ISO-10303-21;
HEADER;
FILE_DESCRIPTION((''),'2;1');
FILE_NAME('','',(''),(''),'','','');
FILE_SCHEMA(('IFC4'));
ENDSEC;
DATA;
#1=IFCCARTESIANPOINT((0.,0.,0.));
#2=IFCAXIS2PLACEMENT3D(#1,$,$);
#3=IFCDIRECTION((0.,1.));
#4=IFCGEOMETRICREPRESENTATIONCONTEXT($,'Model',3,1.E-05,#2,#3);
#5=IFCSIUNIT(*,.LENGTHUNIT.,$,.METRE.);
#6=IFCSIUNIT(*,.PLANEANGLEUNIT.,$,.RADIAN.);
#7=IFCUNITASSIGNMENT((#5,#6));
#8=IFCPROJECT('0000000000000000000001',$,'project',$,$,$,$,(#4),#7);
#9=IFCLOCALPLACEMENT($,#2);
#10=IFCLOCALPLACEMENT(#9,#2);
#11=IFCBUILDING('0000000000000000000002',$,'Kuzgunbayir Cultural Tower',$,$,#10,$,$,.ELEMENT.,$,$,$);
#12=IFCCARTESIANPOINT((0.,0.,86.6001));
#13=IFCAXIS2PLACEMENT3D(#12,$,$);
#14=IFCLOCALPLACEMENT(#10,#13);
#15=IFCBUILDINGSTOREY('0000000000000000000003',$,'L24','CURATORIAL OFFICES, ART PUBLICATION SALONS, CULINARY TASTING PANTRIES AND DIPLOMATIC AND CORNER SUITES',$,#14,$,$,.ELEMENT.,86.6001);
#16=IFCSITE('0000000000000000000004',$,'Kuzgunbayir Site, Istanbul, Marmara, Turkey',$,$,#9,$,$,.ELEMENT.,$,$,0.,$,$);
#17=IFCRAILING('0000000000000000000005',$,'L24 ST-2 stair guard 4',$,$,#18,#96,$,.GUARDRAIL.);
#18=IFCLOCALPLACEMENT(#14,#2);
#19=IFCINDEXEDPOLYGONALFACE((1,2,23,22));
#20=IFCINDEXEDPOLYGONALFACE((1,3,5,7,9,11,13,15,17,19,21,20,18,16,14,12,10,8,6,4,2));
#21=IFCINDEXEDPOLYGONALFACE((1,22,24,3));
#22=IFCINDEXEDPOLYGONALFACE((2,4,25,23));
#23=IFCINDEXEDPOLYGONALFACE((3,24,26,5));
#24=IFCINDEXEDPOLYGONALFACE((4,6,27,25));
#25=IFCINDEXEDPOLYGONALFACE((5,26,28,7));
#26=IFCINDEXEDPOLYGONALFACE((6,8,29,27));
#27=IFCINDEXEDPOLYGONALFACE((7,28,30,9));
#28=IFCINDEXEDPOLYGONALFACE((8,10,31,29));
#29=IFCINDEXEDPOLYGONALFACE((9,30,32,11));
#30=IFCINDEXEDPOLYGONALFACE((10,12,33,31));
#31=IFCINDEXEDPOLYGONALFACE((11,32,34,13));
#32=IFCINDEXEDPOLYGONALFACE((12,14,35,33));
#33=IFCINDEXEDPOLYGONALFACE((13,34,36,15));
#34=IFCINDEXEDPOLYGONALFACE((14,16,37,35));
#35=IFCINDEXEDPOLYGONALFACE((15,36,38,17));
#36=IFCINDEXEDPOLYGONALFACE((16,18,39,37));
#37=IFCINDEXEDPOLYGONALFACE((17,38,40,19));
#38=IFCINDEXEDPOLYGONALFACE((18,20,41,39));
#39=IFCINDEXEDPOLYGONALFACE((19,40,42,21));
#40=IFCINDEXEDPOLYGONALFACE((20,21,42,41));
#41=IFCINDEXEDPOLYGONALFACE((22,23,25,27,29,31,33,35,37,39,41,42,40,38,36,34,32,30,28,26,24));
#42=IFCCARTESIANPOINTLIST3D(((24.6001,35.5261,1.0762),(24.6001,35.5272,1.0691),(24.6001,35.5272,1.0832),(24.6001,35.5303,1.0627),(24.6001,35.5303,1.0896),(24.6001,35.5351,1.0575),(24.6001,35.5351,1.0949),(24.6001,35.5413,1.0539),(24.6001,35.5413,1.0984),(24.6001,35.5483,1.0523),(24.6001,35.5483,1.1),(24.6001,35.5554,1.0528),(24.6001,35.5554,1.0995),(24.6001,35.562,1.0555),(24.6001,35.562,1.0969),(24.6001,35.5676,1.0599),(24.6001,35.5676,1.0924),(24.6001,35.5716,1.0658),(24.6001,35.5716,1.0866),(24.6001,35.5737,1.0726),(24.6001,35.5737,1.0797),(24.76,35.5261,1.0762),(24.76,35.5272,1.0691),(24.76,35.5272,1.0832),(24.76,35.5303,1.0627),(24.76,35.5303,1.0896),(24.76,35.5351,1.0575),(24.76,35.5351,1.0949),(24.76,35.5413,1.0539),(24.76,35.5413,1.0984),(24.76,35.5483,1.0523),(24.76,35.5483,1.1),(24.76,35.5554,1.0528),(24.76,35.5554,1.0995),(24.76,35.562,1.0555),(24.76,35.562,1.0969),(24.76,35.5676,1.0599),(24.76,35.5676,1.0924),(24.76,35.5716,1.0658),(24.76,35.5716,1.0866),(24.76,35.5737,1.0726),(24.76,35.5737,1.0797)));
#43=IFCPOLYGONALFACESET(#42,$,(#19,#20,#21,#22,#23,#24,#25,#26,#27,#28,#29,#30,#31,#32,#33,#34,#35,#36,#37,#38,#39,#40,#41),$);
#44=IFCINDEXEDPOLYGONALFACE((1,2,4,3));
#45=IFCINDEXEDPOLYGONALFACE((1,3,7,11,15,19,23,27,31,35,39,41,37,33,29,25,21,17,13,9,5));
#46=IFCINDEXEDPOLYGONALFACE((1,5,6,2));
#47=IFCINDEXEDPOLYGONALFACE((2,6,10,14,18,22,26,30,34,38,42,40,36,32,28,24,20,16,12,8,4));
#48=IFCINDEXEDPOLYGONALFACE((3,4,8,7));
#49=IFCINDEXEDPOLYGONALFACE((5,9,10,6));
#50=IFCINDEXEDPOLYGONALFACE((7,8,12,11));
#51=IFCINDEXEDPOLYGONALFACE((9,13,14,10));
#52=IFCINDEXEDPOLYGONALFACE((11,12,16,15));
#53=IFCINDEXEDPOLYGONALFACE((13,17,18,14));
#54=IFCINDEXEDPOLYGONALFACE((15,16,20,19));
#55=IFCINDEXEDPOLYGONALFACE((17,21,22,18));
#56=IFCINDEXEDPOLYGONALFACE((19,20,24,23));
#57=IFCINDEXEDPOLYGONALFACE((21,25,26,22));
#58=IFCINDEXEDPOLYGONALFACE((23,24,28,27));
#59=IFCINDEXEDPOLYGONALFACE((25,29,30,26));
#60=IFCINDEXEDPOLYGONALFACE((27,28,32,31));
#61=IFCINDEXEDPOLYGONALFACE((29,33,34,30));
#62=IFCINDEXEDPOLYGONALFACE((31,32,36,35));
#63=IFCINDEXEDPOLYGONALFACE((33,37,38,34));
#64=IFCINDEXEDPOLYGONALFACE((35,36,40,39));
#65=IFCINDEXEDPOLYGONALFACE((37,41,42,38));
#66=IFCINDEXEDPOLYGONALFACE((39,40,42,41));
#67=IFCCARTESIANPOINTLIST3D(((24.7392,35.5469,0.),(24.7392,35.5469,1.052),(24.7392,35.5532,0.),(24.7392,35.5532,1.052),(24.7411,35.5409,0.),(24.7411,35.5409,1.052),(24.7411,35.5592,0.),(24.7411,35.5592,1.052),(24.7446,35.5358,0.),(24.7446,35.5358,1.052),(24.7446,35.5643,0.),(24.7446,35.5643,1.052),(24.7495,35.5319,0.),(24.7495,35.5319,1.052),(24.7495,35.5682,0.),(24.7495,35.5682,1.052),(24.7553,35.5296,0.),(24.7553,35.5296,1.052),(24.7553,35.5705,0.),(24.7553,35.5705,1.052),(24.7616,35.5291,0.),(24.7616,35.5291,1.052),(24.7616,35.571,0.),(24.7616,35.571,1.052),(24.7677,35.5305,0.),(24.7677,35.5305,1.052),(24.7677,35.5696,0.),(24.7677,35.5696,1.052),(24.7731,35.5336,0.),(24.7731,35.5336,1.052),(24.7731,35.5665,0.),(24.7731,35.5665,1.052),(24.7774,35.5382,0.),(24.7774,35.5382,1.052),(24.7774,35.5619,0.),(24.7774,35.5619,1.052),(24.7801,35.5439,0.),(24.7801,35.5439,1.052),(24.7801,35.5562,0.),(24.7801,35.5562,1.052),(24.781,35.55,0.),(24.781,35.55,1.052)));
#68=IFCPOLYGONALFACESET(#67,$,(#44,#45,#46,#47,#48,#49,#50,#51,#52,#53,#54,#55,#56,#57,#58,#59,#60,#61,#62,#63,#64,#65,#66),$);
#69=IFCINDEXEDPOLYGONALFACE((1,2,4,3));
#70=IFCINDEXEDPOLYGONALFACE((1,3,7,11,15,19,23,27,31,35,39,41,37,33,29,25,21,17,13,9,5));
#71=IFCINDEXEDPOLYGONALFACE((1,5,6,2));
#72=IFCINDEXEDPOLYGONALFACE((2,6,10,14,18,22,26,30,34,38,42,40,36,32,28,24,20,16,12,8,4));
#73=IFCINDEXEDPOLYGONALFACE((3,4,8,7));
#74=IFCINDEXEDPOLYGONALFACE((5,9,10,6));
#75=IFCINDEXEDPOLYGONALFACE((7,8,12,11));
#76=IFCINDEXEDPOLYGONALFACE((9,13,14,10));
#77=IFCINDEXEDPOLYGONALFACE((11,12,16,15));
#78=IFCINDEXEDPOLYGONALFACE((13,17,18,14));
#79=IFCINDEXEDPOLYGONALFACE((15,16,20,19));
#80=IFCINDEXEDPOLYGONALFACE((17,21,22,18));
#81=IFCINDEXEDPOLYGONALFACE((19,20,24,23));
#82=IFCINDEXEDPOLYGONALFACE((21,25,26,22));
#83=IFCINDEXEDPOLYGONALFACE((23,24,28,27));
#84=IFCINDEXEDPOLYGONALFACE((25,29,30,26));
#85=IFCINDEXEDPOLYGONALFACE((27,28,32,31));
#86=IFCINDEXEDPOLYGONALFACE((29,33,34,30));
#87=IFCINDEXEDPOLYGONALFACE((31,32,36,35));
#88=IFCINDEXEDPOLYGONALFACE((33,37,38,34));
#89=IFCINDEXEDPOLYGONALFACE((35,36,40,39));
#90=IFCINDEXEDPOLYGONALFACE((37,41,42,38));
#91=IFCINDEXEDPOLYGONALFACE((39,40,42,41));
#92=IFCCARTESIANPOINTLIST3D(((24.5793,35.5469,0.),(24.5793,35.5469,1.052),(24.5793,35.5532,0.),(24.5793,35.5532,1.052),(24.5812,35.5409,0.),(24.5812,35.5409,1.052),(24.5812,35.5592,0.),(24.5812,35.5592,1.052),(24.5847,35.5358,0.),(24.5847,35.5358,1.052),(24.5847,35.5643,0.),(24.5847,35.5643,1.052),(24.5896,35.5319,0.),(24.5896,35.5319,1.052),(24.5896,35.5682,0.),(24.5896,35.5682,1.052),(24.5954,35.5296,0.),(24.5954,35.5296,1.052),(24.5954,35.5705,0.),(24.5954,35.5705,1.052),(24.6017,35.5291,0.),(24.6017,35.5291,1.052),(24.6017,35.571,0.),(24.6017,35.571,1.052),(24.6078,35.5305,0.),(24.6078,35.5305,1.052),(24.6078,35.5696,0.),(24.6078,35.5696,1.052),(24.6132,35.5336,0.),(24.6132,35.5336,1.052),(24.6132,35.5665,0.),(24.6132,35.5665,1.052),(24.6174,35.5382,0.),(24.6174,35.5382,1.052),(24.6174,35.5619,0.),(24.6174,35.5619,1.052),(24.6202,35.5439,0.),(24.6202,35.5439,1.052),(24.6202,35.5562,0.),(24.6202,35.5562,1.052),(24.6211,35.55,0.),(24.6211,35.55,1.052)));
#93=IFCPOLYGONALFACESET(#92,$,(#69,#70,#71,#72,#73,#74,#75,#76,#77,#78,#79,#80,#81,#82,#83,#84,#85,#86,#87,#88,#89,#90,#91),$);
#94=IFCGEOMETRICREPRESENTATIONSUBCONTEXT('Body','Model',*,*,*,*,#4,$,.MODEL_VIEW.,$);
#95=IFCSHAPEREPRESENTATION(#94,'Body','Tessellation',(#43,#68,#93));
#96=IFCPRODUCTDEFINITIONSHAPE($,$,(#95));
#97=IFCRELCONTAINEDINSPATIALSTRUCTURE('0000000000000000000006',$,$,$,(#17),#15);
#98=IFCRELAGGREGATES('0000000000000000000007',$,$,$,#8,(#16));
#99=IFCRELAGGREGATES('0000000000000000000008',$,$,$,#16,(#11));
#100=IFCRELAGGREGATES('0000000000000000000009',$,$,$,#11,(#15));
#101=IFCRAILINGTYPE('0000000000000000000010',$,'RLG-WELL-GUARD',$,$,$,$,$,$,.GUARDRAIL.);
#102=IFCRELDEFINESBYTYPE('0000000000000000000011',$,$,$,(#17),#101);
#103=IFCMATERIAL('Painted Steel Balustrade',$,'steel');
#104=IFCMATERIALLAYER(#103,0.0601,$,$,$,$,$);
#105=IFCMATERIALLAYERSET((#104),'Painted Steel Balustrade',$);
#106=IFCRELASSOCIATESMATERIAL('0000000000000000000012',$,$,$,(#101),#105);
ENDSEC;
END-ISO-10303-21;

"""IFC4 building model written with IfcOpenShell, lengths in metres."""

from ifc_helpers import new_model, si_unit, direction, frame, origin, origin_2d, place, context, subcontext, project, spatial, circle, extrude, material, layer, layer_set, type_object, element, save


model = new_model("IFC4")

# Units and contexts
model_context = context("Model", 3, precision=1e-05, world=origin(), true_north=direction((0.0, 1.0)))
body_context = subcontext(model_context, "Body", "Model", "MODEL_VIEW")
ifc_project = project(units=[si_unit("LENGTHUNIT", "METRE"), si_unit("PLANEANGLEUNIT", "RADIAN")], contexts=[model_context])

# Site, building, storey
site_placement = place(None, origin())
site = spatial("IfcSite", under=ifc_project, at=site_placement, Name="Kuzgunbayir Site, Istanbul, Marmara, Turkey", CompositionType="ELEMENT", RefElevation=0.0)
building_placement = place(site_placement, origin())
building = spatial("IfcBuilding", under=site, at=building_placement, Name="Kuzgunbayir Cultural Tower", CompositionType="ELEMENT")
storey_placement = place(building_placement, frame((0.0, 0.0, 86.6001)))
storey = spatial("IfcBuildingStorey", under=building, at=storey_placement, Name="L24", Description="CURATORIAL OFFICES, ART PUBLICATION SALONS, CULINARY TASTING PANTRIES AND DIPLOMATIC AND CORNER SUITES", CompositionType="ELEMENT", Elevation=86.6001)

# Railing
ifc_material_1 = material(Name="Painted Steel Balustrade", Category="steel")
ifc_layer_1 = layer(ifc_material_1, 0.0601)
ifc_layer_set_1 = layer_set([ifc_layer_1], Name="Painted Steel Balustrade")
railing_type_1 = type_object("IfcRailingType", Name="RLG-WELL-GUARD", PredefinedType="GUARDRAIL", material=ifc_layer_set_1)
railing_1_placement = place(storey_placement, frame((24.76, 35.55, 0.0)))
element("IfcRailing", 1, at=railing_1_placement, inside=storey, type_object=railing_type_1, Name="L24 ST-2 stair guard 4", PredefinedType="GUARDRAIL", context=body_context, shape_type="SweptSolid", body=[
    extrude(circle(Radius=0.0239, at=origin_2d()), frame((0.0, 0.0, 1.0762), z_axis=(-1.0, 0.0, 0.0), x_axis=(0.0, -1.0, 0.0)), (0.0, 0.0, 1.0), 0.1599),
    extrude(circle(Radius=0.021, at=origin_2d()), origin(), (0.0, 0.0, 1.0), 1.052),
    extrude(circle(Radius=0.021, at=origin_2d()), frame((-0.1599, 0.0, 0.0)), (0.0, 0.0, 1.0), 1.052),
])

save(model, "model.ifc")
